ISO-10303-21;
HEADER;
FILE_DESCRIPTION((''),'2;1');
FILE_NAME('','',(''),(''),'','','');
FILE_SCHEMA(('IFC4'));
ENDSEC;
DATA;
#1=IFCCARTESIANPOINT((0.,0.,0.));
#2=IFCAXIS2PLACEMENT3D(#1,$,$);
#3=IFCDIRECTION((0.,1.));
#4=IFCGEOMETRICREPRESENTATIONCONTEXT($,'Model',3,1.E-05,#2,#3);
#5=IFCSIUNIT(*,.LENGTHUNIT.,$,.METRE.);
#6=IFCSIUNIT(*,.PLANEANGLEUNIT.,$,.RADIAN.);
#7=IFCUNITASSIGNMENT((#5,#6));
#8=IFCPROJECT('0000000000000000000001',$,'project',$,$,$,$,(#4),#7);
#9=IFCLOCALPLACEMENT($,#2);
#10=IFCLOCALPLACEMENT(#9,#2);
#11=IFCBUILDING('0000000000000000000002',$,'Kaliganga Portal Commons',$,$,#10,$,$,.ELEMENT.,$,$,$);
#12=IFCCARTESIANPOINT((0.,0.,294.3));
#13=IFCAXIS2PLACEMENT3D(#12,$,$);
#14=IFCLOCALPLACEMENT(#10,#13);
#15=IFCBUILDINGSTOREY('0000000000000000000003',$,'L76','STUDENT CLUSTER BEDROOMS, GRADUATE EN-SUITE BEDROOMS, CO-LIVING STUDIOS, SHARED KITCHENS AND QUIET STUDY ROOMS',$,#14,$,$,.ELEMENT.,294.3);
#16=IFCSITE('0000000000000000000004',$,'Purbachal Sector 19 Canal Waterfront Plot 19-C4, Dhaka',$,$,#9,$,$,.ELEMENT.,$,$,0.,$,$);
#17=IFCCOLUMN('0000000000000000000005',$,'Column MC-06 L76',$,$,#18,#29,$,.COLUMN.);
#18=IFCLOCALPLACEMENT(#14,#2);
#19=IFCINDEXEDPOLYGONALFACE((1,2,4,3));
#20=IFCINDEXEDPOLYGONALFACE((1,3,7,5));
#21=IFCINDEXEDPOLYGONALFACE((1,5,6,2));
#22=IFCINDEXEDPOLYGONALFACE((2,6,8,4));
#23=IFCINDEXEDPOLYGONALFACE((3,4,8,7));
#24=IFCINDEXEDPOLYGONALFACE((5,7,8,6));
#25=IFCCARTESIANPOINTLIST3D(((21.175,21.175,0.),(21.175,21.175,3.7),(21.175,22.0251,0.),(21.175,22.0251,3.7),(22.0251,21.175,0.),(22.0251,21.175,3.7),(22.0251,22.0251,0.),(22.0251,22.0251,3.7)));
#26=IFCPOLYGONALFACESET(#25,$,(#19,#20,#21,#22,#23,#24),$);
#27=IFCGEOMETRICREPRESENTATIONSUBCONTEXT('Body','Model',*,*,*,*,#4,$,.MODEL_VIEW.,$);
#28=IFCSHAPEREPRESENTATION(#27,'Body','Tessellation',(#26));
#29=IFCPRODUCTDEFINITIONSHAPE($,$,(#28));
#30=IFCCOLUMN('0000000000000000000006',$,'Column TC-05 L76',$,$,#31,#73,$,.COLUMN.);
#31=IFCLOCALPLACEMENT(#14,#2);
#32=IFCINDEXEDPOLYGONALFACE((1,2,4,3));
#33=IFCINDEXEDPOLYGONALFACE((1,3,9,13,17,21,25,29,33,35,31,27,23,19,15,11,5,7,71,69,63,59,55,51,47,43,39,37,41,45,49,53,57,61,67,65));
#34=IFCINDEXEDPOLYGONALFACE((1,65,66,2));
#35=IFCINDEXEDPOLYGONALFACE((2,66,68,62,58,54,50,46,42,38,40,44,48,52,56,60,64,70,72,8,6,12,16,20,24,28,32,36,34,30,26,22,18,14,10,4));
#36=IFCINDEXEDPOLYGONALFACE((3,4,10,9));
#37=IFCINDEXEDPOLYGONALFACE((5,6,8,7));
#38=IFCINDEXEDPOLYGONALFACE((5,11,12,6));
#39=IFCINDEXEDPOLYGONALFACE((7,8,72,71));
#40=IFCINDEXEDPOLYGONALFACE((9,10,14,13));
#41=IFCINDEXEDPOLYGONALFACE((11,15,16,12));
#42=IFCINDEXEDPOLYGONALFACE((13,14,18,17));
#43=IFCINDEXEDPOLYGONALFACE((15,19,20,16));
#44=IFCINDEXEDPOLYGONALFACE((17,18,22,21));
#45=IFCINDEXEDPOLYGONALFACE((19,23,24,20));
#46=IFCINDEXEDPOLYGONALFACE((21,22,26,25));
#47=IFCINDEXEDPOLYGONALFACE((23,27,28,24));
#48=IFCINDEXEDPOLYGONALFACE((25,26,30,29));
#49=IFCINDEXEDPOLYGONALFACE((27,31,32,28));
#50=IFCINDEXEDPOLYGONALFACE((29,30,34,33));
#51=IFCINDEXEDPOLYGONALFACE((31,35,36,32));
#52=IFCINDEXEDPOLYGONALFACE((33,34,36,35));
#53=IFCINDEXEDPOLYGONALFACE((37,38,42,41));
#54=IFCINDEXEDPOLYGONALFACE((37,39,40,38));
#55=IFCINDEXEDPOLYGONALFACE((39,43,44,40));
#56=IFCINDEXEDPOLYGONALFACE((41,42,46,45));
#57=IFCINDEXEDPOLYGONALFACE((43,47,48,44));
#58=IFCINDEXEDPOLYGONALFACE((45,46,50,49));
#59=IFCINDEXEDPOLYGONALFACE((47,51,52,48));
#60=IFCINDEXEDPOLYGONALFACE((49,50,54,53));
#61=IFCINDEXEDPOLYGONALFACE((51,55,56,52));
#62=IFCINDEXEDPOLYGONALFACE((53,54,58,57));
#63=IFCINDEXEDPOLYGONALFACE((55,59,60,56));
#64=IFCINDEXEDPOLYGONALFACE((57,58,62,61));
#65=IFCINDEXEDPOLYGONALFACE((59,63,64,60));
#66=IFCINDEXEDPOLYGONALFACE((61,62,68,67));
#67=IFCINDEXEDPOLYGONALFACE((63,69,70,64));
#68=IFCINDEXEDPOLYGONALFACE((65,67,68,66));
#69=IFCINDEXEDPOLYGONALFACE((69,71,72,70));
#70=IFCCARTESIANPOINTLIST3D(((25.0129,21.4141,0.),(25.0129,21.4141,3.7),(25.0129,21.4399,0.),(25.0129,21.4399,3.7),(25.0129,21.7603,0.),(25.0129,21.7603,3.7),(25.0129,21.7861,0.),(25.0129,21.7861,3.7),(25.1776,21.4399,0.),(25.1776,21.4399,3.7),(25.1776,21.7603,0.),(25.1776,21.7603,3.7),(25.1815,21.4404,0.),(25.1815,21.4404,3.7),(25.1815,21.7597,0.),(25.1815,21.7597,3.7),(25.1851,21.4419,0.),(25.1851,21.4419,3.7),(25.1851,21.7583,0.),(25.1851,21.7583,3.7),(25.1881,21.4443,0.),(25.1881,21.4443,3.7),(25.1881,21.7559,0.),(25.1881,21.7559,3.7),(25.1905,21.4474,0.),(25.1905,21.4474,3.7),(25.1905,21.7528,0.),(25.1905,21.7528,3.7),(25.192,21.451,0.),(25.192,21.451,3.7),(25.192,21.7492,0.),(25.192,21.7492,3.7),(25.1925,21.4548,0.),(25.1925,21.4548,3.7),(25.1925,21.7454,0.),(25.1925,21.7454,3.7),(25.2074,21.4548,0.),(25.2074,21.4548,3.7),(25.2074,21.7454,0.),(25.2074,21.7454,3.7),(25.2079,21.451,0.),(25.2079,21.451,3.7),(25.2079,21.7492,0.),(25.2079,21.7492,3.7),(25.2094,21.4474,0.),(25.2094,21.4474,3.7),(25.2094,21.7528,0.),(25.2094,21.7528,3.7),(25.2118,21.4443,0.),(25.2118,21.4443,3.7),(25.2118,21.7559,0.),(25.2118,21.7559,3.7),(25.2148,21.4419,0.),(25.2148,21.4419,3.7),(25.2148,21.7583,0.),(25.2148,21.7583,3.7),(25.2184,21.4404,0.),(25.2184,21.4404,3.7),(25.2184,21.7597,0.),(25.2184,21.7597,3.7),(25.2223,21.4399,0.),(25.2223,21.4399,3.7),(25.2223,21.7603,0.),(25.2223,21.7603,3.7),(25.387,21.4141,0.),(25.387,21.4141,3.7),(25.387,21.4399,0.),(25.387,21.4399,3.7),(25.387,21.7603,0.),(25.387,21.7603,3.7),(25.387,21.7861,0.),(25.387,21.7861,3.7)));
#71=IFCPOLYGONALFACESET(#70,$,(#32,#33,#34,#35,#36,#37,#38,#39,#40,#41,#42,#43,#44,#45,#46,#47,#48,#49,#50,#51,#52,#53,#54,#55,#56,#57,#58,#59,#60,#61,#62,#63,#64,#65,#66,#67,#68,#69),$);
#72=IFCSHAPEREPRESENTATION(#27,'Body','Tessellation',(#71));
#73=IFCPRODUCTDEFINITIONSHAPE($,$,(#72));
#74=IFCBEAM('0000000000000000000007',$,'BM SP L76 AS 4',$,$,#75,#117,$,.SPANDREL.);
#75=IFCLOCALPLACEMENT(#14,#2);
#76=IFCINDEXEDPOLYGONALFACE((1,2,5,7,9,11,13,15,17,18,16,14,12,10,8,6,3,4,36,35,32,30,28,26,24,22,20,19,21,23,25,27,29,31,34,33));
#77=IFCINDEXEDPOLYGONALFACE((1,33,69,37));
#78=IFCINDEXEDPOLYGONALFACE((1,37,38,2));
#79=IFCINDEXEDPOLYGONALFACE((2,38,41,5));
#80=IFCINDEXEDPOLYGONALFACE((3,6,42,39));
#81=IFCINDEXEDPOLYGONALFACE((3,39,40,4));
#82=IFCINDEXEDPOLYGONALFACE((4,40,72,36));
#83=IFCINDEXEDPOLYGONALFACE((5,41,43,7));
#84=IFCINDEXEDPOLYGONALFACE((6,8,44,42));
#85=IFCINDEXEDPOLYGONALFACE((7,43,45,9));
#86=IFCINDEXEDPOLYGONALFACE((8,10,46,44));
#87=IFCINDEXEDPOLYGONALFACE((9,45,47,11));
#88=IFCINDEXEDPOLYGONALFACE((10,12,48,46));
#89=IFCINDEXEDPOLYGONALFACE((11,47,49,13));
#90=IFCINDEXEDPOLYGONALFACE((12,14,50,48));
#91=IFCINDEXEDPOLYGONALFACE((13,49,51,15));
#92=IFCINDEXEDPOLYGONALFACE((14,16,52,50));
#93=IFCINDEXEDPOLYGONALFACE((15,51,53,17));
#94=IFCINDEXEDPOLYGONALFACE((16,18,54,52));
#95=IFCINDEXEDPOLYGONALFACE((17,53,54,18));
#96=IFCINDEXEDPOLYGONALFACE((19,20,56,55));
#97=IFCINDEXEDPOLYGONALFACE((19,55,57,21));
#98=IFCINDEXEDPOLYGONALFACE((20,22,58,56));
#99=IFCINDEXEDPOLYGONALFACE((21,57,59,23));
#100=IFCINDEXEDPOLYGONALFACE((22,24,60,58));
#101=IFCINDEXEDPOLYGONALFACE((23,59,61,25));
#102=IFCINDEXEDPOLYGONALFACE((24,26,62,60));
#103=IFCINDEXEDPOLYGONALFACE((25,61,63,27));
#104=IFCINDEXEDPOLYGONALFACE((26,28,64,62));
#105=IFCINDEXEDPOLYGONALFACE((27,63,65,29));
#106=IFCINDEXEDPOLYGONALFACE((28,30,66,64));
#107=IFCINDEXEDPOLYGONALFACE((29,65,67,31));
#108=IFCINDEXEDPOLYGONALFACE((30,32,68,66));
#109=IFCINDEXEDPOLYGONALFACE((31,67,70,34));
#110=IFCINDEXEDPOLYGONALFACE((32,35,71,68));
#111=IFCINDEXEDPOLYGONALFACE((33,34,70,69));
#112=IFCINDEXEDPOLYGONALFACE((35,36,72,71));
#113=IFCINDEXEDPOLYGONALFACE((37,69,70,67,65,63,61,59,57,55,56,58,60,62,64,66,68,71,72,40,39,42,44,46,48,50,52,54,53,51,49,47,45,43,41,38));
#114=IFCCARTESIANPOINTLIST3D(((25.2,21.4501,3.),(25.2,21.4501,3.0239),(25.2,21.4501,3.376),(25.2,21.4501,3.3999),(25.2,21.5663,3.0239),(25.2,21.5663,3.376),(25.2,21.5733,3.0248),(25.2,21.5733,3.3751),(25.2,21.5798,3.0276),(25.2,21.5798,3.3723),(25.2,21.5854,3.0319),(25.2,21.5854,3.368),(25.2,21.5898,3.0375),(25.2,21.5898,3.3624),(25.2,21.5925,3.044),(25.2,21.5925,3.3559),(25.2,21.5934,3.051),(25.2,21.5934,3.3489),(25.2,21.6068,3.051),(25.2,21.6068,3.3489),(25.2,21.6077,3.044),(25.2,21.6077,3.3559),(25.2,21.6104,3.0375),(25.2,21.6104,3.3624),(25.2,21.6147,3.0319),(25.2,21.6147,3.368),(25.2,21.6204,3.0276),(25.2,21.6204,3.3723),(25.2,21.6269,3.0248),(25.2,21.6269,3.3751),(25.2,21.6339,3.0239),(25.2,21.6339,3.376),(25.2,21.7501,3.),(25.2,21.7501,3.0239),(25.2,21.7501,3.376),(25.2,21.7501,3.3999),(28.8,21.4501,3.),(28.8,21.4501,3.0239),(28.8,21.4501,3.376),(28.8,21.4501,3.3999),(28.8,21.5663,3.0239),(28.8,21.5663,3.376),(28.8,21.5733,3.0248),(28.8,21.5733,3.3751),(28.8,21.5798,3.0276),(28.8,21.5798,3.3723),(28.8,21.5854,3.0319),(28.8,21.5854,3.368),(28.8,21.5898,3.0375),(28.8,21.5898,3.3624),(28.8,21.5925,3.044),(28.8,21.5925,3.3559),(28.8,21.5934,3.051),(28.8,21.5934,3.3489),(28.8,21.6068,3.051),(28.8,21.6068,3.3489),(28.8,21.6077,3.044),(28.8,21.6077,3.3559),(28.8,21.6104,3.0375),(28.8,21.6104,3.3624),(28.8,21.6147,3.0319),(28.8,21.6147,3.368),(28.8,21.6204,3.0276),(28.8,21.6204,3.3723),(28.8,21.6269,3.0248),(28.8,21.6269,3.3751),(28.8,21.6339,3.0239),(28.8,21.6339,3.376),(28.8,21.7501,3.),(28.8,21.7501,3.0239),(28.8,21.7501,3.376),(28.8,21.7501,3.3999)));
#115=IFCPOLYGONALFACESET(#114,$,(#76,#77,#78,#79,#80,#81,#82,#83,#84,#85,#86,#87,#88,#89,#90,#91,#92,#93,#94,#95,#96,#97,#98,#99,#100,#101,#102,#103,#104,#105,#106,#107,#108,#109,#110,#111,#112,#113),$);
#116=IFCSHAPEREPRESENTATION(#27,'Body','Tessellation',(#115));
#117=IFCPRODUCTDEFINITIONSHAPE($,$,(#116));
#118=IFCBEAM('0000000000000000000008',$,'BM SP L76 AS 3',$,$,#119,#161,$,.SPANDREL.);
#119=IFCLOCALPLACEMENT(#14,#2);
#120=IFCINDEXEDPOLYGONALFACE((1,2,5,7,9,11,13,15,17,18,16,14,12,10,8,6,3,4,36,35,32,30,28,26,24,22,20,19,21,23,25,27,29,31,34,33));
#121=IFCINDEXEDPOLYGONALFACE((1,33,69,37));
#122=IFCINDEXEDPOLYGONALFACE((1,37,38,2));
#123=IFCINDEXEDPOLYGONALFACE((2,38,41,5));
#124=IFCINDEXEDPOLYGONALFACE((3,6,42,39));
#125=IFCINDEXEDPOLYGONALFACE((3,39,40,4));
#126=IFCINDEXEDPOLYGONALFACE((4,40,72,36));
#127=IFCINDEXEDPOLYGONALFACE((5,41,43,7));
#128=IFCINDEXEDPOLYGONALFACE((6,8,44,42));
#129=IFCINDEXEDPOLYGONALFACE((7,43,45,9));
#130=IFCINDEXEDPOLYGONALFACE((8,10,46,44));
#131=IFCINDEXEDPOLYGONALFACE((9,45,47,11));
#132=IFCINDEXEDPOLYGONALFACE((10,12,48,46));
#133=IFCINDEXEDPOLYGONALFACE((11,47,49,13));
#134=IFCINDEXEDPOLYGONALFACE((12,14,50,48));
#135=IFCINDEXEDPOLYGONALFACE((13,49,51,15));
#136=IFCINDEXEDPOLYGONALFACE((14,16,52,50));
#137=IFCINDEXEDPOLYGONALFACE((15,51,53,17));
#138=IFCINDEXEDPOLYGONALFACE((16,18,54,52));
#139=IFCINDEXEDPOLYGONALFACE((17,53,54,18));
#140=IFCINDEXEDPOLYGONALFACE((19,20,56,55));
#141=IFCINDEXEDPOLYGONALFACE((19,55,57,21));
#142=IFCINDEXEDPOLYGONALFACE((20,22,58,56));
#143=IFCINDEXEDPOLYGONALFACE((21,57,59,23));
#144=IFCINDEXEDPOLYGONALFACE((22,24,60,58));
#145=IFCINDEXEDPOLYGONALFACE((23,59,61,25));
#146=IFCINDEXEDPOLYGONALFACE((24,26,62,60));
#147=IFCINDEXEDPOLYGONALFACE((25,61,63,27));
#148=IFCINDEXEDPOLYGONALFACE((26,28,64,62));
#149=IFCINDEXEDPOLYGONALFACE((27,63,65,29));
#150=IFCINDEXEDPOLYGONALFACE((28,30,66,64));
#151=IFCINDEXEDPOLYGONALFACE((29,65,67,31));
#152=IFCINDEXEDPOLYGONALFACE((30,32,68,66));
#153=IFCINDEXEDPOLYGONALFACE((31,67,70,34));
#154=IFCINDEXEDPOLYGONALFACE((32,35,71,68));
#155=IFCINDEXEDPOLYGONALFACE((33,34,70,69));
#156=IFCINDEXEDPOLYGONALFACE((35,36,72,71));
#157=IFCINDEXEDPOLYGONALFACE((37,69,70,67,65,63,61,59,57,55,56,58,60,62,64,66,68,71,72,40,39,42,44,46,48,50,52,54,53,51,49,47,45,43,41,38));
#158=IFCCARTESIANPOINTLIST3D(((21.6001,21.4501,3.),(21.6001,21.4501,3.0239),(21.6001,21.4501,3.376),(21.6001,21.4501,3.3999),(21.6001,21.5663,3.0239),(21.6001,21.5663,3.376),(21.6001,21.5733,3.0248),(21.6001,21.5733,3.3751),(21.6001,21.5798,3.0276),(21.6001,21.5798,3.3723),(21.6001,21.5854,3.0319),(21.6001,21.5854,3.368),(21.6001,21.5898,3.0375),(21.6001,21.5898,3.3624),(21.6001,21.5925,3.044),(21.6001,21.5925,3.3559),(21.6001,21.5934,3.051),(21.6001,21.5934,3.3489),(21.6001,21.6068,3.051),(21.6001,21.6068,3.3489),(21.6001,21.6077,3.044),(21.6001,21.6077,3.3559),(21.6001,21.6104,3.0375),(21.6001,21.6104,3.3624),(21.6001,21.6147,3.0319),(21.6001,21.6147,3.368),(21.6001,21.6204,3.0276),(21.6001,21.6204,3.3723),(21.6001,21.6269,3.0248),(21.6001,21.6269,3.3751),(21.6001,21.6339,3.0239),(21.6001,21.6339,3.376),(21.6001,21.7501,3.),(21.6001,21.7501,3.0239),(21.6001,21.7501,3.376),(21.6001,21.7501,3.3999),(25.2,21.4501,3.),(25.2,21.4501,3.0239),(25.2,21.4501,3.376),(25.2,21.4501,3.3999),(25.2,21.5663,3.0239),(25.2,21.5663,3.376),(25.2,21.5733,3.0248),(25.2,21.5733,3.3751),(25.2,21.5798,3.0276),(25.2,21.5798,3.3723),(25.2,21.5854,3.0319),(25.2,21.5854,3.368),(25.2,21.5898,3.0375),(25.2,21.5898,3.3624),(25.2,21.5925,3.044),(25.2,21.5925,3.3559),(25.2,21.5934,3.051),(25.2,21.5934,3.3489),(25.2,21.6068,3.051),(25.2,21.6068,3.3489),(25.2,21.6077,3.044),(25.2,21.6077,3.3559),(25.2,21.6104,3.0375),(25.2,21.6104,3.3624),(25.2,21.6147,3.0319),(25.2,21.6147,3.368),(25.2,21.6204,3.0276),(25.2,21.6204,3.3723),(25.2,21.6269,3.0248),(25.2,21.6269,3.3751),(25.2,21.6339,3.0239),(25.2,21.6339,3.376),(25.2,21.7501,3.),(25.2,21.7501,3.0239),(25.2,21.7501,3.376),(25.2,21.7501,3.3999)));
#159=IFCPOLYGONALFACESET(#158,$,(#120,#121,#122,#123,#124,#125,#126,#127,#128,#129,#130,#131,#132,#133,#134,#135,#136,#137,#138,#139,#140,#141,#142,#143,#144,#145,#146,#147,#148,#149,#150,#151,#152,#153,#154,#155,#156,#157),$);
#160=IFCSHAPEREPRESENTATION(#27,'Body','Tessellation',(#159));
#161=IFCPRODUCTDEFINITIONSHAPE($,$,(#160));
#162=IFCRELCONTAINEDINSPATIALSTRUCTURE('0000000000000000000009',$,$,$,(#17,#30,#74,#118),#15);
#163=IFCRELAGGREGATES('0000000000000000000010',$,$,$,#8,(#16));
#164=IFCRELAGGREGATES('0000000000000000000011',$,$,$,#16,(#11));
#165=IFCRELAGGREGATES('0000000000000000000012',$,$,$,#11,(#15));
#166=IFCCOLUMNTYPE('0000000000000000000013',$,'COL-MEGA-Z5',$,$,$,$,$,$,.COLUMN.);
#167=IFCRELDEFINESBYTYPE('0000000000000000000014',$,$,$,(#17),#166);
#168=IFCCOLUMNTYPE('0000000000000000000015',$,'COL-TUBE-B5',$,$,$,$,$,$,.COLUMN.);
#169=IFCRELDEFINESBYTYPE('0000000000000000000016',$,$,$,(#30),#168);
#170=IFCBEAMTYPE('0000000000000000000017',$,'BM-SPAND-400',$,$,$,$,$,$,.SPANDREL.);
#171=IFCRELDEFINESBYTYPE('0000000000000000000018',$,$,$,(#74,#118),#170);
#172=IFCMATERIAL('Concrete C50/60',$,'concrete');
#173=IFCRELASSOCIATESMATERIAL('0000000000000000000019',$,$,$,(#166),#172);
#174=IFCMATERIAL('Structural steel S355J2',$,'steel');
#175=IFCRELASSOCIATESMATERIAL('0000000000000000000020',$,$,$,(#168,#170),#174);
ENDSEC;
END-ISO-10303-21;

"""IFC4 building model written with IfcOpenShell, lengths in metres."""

from ifc_helpers import new_model, si_unit, direction, frame, origin, origin_2d, place, context, subcontext, project, spatial, rectangle, i_section, extrude, source, transform, mapped, material, material_profile, profile_set, type_object, element, save


model = new_model("IFC4")

# Units and contexts
model_context = context("Model", 3, precision=1e-05, world=origin(), true_north=direction((0.0, 1.0)))
body_context = subcontext(model_context, "Body", "Model", "MODEL_VIEW")
ifc_project = project(units=[si_unit("LENGTHUNIT", "METRE"), si_unit("PLANEANGLEUNIT", "RADIAN")], contexts=[model_context])

# Site, building, storey
site_placement = place(None, origin())
site = spatial("IfcSite", under=ifc_project, at=site_placement, Name="Purbachal Sector 19 Canal Waterfront Plot 19-C4, Dhaka", CompositionType="ELEMENT", RefElevation=0.0)
building_placement = place(site_placement, origin())
building = spatial("IfcBuilding", under=site, at=building_placement, Name="Kaliganga Portal Commons", CompositionType="ELEMENT")
storey_placement = place(building_placement, frame((0.0, 0.0, 294.3)))
storey = spatial("IfcBuildingStorey", under=building, at=storey_placement, Name="L76", Description="STUDENT CLUSTER BEDROOMS, GRADUATE EN-SUITE BEDROOMS, CO-LIVING STUDIOS, SHARED KITCHENS AND QUIET STUDY ROOMS", CompositionType="ELEMENT", Elevation=294.3)

# Columns
ifc_material_1 = material(Name="Concrete C50/60", Category="concrete")
ifc_material_profile_1 = material_profile(ifc_material_1, rectangle(XDim=0.8501, YDim=0.8501, at=origin_2d()), Name="RC 850x850")
ifc_profile_set_1 = profile_set([ifc_material_profile_1], Name="Concrete C50/60")
column_type_1 = type_object("IfcColumnType", Name="COL-MEGA-Z5", PredefinedType="COLUMN", material=ifc_profile_set_1)
shared_shape_1 = source(origin(), body_context, "Body", "SweptSolid", [
    extrude(rectangle(XDim=0.8501, YDim=0.8501, at=origin_2d()), origin(), (0.0, 0.0, 1.0), 3.7),
])
column_1_placement = place(storey_placement, frame((21.6001, 21.6001, 0.0), z_axis=(0.0, 0.0, 1.0), x_axis=(1.0, 0.0, 0.0)))
element("IfcColumn", 1, at=column_1_placement, inside=storey, type_object=column_type_1, Name="Column MC-06 L76", PredefinedType="COLUMN", context=body_context, shape_type="MappedRepresentation", body=[
    mapped(shared_shape_1, transform((0.0, 0.0, 0.0), x_axis=(1.0, 0.0, 0.0), y_axis=(0.0, 1.0, 0.0), z_axis=(0.0, 0.0, 1.0), scale=1.0)),
])
ifc_material_2 = material(Name="Structural steel S355J2", Category="steel")
ifc_material_profile_2 = material_profile(ifc_material_2, i_section(OverallWidth=0.374, OverallDepth=0.3721, WebThickness=0.0149, FlangeThickness=0.0259, FilletRadius=0.0149, at=origin_2d()), Name="HD 360x196")
ifc_profile_set_2 = profile_set([ifc_material_profile_2], Name="Structural steel S355J2 wide-flange")
column_type_2 = type_object("IfcColumnType", Name="COL-TUBE-B5", PredefinedType="COLUMN", material=ifc_profile_set_2)
shared_shape_2 = source(origin(), body_context, "Body", "SweptSolid", [
    extrude(i_section(OverallWidth=0.374, OverallDepth=0.3721, WebThickness=0.0149, FlangeThickness=0.0259, FilletRadius=0.0149, at=origin_2d()), origin(), (0.0, 0.0, 1.0), 3.7),
])
column_2_placement = place(storey_placement, frame((25.2, 21.6001, 0.0), z_axis=(0.0, 0.0, 1.0), x_axis=(1.0, 0.0, 0.0)))
element("IfcColumn", 2, at=column_2_placement, inside=storey, type_object=column_type_2, Name="Column TC-05 L76", PredefinedType="COLUMN", context=body_context, shape_type="MappedRepresentation", body=[
    mapped(shared_shape_2, transform((0.0, 0.0, 0.0), x_axis=(1.0, 0.0, 0.0), y_axis=(0.0, 1.0, 0.0), z_axis=(0.0, 0.0, 1.0), scale=1.0)),
])

# Beams
ifc_material_profile_3 = material_profile(ifc_material_2, i_section(OverallWidth=0.3, OverallDepth=0.3999, WebThickness=0.0134, FlangeThickness=0.0239, FilletRadius=0.0271, at=origin_2d()), Name="HE 400 B")
ifc_profile_set_3 = profile_set([ifc_material_profile_3], Name="Structural steel S355J2 wide-flange")
beam_type_1 = type_object("IfcBeamType", Name="BM-SPAND-400", PredefinedType="SPANDREL", material=ifc_profile_set_3)
shared_shape_3 = source(origin(), body_context, "Body", "SweptSolid", [
    extrude(i_section(OverallWidth=0.3, OverallDepth=0.3999, WebThickness=0.0134, FlangeThickness=0.0239, FilletRadius=0.0271, at=origin_2d()), origin(), (0.0, 0.0, 1.0), 3.6001),
])
beam_1_placement = place(storey_placement, frame((25.2, 21.6001, 3.2), z_axis=(1.0, 0.0, 0.0), x_axis=(0.0, 1.0, 0.0)))
element("IfcBeam", 3, at=beam_1_placement, inside=storey, type_object=beam_type_1, Name="BM SP L76 AS 4", PredefinedType="SPANDREL", context=body_context, shape_type="MappedRepresentation", body=[
    mapped(shared_shape_3, transform((0.0, 0.0, 0.0), x_axis=(1.0, 0.0, 0.0), y_axis=(0.0, 1.0, 0.0), z_axis=(0.0, 0.0, 1.0), scale=1.0)),
])
shared_shape_4 = source(origin(), body_context, "Body", "SweptSolid", [
    extrude(i_section(OverallWidth=0.3, OverallDepth=0.3999, WebThickness=0.0134, FlangeThickness=0.0239, FilletRadius=0.0271, at=origin_2d()), origin(), (0.0, 0.0, 1.0), 3.5999),
])
beam_2_placement = place(storey_placement, frame((21.6001, 21.6001, 3.2), z_axis=(1.0, 0.0, 0.0), x_axis=(0.0, 1.0, 0.0)))
element("IfcBeam", 4, at=beam_2_placement, inside=storey, type_object=beam_type_1, Name="BM SP L76 AS 3", PredefinedType="SPANDREL", context=body_context, shape_type="MappedRepresentation", body=[
    mapped(shared_shape_4, transform((0.0, 0.0, 0.0), x_axis=(1.0, 0.0, 0.0), y_axis=(0.0, 1.0, 0.0), z_axis=(0.0, 0.0, 1.0), scale=1.0)),
])

save(model, "model.ifc")
